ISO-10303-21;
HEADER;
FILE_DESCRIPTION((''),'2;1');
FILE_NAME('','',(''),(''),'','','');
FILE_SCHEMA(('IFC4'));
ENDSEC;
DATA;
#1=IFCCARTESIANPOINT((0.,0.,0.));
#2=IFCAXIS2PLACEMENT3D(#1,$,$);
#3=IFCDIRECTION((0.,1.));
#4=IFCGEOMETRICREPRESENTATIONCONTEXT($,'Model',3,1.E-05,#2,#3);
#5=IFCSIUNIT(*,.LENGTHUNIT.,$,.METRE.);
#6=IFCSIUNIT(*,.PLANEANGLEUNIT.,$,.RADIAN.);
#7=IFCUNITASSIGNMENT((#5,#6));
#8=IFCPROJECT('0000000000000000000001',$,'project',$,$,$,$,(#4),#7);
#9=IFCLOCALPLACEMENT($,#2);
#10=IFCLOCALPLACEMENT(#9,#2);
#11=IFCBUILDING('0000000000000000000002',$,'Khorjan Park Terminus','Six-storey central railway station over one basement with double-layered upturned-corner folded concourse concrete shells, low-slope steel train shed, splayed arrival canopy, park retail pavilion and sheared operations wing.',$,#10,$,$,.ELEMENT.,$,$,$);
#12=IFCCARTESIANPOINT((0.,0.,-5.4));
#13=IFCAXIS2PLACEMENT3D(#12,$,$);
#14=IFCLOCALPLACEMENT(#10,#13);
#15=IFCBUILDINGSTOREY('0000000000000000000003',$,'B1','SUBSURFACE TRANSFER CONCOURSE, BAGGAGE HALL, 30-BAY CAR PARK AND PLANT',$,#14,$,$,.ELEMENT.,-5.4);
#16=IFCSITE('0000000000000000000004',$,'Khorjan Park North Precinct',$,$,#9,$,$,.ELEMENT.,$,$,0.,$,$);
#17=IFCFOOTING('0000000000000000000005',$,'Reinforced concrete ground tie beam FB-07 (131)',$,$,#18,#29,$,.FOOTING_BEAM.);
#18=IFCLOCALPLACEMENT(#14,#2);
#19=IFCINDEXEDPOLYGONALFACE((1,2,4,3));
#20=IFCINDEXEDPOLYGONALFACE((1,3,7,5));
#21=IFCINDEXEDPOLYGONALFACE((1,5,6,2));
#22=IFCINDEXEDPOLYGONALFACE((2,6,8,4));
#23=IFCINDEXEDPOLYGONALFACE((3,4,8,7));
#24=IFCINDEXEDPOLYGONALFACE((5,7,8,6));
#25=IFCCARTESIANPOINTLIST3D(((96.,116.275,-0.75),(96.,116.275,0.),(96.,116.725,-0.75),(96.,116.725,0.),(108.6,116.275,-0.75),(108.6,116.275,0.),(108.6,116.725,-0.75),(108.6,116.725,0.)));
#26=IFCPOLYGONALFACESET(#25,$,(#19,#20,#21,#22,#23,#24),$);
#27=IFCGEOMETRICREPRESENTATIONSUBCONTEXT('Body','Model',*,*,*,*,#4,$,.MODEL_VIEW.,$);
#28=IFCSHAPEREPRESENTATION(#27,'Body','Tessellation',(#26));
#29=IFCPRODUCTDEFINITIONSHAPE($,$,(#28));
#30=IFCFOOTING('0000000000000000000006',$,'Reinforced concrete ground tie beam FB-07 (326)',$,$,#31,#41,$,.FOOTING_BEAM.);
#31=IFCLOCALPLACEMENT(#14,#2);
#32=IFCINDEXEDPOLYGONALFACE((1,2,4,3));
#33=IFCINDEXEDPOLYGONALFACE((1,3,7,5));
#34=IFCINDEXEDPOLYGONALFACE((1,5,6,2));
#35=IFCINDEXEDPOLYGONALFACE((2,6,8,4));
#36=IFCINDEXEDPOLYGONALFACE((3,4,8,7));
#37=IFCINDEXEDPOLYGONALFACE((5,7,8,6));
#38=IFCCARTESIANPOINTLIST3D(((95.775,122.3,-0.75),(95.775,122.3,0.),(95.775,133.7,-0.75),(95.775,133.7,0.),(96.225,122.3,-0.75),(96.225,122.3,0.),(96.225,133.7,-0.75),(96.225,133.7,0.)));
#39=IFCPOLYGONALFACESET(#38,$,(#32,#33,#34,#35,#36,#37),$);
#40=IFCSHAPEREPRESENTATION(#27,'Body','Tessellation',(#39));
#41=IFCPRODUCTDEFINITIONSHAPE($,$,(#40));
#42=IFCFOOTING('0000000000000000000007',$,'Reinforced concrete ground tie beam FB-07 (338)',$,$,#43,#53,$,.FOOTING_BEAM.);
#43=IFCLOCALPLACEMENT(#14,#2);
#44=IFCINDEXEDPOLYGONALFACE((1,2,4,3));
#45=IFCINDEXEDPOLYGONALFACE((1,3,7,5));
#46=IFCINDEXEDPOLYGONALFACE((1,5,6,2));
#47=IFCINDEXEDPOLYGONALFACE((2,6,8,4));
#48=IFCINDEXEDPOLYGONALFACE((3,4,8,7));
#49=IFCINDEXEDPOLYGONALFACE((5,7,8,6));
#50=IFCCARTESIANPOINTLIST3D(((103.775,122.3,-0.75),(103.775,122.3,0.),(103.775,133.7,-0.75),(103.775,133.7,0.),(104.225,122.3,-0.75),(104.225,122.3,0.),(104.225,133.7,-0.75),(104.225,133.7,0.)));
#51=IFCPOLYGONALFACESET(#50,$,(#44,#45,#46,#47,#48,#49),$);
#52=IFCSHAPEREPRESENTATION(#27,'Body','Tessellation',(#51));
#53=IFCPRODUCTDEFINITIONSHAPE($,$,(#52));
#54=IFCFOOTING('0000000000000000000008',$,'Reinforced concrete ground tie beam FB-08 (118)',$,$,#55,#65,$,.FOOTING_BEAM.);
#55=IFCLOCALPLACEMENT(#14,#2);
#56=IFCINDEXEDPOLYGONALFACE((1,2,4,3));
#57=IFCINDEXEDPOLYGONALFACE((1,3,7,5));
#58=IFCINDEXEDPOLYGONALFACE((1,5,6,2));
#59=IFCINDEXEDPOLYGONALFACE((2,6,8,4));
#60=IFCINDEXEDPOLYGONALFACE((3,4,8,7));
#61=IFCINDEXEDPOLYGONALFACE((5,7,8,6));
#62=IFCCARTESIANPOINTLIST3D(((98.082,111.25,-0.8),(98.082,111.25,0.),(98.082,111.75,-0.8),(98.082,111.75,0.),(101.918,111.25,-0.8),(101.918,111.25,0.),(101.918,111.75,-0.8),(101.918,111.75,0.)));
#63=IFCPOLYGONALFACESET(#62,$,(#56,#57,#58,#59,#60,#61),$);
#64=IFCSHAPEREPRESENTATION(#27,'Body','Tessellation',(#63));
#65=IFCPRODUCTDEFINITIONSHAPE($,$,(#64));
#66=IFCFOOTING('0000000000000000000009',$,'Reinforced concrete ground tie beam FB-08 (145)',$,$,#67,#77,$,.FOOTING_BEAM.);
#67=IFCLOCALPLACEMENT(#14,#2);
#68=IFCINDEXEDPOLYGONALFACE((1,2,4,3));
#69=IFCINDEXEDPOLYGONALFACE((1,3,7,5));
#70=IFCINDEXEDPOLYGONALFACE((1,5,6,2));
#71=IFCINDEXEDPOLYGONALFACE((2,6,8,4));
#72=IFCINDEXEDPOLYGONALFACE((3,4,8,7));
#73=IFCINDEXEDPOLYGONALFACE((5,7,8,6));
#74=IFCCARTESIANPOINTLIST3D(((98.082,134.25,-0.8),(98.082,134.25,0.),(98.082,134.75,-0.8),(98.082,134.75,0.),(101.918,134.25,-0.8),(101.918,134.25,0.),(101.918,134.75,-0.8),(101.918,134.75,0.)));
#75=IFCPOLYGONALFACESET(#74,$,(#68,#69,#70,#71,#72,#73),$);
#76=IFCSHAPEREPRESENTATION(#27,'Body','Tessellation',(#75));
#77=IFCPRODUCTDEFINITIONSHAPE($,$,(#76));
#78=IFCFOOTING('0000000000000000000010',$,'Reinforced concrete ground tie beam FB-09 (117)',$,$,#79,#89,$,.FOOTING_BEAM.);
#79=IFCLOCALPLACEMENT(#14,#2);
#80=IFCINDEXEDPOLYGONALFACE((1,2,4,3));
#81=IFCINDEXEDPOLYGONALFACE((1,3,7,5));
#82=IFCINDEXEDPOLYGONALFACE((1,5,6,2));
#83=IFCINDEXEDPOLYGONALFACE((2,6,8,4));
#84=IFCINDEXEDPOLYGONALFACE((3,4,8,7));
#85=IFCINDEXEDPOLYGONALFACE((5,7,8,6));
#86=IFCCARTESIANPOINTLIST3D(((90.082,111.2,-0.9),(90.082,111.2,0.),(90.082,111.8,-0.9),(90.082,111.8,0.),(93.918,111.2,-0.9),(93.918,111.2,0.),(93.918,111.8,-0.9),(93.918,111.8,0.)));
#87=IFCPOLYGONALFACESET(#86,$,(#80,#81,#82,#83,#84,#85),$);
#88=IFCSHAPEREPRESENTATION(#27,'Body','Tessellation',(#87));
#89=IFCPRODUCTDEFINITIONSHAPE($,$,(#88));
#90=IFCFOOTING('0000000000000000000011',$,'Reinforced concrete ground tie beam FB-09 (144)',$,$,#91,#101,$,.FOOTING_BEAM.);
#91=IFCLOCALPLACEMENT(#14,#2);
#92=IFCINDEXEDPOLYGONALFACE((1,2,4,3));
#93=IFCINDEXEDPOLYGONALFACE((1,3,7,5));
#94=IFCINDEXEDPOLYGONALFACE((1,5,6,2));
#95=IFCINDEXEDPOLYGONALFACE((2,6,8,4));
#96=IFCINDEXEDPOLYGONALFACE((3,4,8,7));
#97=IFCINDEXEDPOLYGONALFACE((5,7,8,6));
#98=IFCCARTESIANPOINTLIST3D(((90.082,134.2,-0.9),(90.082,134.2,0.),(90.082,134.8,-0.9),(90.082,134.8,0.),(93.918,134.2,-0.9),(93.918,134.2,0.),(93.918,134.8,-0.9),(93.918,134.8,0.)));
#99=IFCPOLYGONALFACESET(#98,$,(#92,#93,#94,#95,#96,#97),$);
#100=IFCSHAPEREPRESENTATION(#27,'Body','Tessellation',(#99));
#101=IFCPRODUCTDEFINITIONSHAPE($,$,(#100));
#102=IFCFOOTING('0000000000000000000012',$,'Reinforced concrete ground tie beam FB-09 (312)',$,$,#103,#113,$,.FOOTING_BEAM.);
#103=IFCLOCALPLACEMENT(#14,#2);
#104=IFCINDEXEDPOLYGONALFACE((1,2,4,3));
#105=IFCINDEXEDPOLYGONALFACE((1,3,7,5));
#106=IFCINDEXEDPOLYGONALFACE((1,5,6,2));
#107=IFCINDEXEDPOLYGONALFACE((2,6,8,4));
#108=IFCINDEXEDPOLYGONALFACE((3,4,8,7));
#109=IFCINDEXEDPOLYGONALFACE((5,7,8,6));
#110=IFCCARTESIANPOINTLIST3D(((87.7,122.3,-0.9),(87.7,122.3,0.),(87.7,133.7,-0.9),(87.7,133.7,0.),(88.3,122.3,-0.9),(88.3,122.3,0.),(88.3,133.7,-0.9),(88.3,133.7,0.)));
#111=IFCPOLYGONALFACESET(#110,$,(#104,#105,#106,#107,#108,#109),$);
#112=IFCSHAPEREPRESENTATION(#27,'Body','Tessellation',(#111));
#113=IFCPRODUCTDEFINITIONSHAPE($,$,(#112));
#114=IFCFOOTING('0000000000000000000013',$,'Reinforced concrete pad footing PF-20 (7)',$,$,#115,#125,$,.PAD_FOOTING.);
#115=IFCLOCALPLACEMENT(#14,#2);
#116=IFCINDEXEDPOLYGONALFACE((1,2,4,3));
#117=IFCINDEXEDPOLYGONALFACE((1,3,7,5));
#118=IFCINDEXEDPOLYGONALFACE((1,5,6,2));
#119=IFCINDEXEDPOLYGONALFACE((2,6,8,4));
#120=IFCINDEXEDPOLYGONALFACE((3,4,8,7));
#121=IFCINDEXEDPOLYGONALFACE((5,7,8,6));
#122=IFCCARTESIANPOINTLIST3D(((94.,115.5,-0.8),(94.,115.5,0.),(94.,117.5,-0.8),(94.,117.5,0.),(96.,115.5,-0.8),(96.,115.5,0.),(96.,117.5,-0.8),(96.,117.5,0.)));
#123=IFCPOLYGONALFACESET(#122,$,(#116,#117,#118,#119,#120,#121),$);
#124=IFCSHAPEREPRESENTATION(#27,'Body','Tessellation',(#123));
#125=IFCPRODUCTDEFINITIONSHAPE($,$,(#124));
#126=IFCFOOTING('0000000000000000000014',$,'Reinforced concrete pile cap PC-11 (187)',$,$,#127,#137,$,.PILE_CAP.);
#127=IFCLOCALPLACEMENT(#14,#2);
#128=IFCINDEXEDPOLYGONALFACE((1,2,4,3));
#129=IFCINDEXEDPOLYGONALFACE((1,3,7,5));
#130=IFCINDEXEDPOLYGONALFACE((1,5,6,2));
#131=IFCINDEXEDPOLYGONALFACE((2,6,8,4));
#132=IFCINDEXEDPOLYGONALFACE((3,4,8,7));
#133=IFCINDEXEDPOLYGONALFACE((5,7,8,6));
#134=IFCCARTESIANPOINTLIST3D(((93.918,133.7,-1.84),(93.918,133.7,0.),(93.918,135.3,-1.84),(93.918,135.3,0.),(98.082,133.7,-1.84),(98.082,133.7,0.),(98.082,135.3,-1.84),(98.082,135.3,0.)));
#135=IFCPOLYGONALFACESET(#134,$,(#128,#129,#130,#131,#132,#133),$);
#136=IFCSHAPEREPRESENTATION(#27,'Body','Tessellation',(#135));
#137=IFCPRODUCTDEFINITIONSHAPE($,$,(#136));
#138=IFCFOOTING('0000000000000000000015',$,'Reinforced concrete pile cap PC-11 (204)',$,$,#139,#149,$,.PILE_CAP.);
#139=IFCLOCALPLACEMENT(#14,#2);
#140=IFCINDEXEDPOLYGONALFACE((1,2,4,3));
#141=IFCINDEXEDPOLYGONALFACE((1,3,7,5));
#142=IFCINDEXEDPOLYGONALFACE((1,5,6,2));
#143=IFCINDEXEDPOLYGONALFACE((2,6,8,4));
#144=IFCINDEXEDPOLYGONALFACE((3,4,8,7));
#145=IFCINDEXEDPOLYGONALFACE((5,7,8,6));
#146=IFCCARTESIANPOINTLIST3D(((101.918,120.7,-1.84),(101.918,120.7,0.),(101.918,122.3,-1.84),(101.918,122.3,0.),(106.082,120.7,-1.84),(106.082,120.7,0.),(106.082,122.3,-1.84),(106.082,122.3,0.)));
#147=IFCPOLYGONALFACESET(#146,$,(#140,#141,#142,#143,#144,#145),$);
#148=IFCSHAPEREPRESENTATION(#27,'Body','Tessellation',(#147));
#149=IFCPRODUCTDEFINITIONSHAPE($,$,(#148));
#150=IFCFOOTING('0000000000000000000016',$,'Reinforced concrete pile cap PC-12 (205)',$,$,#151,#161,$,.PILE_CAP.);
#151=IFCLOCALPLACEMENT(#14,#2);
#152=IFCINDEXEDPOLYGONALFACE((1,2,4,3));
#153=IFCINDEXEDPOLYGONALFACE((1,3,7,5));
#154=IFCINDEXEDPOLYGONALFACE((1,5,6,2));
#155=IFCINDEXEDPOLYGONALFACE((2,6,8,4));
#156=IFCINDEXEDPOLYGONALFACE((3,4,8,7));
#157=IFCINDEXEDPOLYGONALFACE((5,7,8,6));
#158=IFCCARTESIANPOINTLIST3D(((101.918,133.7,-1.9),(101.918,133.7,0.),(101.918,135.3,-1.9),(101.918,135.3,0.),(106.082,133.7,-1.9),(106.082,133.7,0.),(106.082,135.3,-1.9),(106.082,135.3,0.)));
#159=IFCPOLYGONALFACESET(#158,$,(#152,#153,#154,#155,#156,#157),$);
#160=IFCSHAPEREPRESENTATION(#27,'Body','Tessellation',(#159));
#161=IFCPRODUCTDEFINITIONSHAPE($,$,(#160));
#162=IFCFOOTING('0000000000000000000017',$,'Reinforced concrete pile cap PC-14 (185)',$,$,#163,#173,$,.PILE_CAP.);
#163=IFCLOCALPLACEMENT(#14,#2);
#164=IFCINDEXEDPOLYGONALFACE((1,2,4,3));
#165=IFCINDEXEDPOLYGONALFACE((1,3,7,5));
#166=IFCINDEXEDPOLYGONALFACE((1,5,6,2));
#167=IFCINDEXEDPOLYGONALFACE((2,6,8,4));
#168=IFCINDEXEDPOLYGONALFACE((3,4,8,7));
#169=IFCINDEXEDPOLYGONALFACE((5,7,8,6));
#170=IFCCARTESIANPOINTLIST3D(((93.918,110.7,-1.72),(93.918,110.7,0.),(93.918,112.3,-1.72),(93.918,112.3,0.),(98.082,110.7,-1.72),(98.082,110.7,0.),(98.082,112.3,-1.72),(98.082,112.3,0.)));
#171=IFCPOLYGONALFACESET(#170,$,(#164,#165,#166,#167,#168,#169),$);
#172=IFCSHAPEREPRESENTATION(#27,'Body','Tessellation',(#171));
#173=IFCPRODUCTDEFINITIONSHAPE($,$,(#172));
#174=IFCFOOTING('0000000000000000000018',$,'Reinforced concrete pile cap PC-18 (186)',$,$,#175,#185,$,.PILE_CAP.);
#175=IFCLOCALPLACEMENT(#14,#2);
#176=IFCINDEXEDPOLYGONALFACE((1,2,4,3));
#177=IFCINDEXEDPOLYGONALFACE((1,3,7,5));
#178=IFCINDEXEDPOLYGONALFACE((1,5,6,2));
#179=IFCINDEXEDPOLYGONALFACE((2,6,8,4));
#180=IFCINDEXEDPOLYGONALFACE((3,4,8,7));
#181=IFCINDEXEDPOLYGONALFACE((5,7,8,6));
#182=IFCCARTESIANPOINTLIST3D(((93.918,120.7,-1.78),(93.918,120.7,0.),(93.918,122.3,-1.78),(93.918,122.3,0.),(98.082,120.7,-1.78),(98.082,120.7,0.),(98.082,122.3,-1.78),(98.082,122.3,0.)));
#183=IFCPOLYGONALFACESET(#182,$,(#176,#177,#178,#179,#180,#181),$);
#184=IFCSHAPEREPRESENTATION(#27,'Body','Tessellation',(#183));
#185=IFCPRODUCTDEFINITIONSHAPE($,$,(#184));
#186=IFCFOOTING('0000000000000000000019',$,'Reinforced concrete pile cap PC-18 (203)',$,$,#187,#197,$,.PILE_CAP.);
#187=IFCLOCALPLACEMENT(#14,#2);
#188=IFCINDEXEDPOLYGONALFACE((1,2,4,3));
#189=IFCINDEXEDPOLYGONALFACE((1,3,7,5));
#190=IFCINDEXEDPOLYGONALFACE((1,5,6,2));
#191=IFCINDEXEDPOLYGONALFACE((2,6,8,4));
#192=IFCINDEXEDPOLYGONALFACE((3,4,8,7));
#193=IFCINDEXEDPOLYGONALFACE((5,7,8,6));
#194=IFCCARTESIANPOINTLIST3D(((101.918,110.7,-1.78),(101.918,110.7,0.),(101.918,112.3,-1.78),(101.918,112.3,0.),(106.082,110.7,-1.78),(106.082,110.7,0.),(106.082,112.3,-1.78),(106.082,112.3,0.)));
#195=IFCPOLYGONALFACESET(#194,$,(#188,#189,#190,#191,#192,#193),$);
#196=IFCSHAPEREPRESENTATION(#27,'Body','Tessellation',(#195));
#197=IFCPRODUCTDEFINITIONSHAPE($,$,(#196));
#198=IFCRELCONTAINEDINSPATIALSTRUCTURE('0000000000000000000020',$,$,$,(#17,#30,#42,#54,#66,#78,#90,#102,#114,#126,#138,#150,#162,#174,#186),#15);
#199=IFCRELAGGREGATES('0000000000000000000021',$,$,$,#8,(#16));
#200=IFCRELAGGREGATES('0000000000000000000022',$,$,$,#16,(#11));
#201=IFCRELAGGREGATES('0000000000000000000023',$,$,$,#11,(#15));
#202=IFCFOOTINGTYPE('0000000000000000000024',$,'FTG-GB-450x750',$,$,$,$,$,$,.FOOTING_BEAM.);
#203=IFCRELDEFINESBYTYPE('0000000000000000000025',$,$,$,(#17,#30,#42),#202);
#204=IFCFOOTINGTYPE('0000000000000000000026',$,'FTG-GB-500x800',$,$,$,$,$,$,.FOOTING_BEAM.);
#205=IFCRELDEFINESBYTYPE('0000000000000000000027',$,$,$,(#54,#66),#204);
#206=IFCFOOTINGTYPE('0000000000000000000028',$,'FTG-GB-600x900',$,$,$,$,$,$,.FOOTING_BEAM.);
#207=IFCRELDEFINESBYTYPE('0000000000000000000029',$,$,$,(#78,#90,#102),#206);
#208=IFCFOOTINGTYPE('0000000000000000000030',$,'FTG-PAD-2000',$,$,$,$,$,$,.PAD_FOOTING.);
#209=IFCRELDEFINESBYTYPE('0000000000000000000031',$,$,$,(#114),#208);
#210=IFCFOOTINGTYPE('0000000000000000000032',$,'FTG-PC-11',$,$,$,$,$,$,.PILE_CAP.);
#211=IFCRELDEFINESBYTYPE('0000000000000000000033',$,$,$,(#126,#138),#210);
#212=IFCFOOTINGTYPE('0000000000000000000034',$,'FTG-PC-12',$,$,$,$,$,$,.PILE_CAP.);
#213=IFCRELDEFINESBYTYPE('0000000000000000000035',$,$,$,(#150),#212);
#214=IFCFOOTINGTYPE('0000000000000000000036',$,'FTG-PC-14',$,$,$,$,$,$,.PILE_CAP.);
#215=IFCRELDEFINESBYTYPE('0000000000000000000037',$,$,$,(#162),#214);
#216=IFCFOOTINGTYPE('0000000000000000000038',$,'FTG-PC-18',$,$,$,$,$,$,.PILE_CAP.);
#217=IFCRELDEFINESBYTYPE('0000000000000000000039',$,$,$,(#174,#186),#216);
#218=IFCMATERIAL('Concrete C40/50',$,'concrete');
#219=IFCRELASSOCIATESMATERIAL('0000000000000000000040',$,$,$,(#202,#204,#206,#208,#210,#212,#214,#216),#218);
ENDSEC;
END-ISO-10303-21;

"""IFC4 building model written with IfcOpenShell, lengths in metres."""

from ifc_helpers import new_model, si_unit, direction, frame, origin, origin_2d, place, context, subcontext, project, spatial, rectangle, extrude, material, material_profile, profile_set, type_object, element, save


model = new_model("IFC4")

# Units and contexts
model_context = context("Model", 3, precision=1e-05, world=origin(), true_north=direction((0.0, 1.0)))
body_context = subcontext(model_context, "Body", "Model", "MODEL_VIEW")
ifc_project = project(units=[si_unit("LENGTHUNIT", "METRE"), si_unit("PLANEANGLEUNIT", "RADIAN")], contexts=[model_context])

# Site, building, storey
site_placement = place(None, origin())
site = spatial("IfcSite", under=ifc_project, at=site_placement, Name="Khorjan Park North Precinct", CompositionType="ELEMENT", RefElevation=0.0)
building_placement = place(site_placement, origin())
building = spatial("IfcBuilding", under=site, at=building_placement, Name="Khorjan Park Terminus", Description="Six-storey central railway station over one basement with double-layered upturned-corner folded concourse concrete shells, low-slope steel train shed, splayed arrival canopy, park retail pavilion and sheared operations wing.", CompositionType="ELEMENT")
storey_placement = place(building_placement, frame((0.0, 0.0, -5.4)))
storey = spatial("IfcBuildingStorey", under=building, at=storey_placement, Name="B1", Description="SUBSURFACE TRANSFER CONCOURSE, BAGGAGE HALL, 30-BAY CAR PARK AND PLANT", CompositionType="ELEMENT", Elevation=-5.4)

# Footings
ifc_material_1 = material(Name="Concrete C40/50", Category="concrete")
ifc_material_profile_1 = material_profile(ifc_material_1, rectangle(XDim=0.45, YDim=0.75, at=origin_2d()), Name="RC 450x750")
ifc_profile_set_1 = profile_set([ifc_material_profile_1], Name="Concrete C40/50")
footing_type_1 = type_object("IfcFootingType", Name="FTG-GB-450x750", PredefinedType="FOOTING_BEAM", material=ifc_profile_set_1)
footing_1_placement = place(storey_placement, frame((96.0, 116.5, -0.375), z_axis=(1.0, 0.0, 0.0), x_axis=(0.0, 1.0, 0.0)))
element("IfcFooting", 1, at=footing_1_placement, inside=storey, type_object=footing_type_1, Name="Reinforced concrete ground tie beam FB-07 (131)", PredefinedType="FOOTING_BEAM", context=body_context, shape_type="SweptSolid", body=[
    extrude(rectangle(XDim=0.45, YDim=0.75, at=origin_2d()), origin(), (0.0, 0.0, 1.0), 12.6),
])
for number, where, z_axis, x_axis, name in (
    (2, (96.0, 122.3, -0.375), (0.0, 1.0, 0.0), (-1.0, 0.0, 0.0), "Reinforced concrete ground tie beam FB-07 (326)"),
    (3, (104.0, 122.3, -0.375), (0.0, 1.0, 0.0), (-1.0, 0.0, 0.0), "Reinforced concrete ground tie beam FB-07 (338)"),
):
    element("IfcFooting", number, at=place(storey_placement, frame(where, z_axis=z_axis, x_axis=x_axis)), inside=storey, type_object=footing_type_1, Name=name, PredefinedType="FOOTING_BEAM", context=body_context, shape_type="SweptSolid", body=[
        extrude(rectangle(XDim=0.45, YDim=0.75, at=origin_2d()), origin(), (0.0, 0.0, 1.0), 11.4),
    ])
ifc_material_profile_2 = material_profile(ifc_material_1, rectangle(XDim=0.5, YDim=0.8, at=origin_2d()), Name="RC 500x800")
ifc_profile_set_2 = profile_set([ifc_material_profile_2], Name="Concrete C40/50")
footing_type_2 = type_object("IfcFootingType", Name="FTG-GB-500x800", PredefinedType="FOOTING_BEAM", material=ifc_profile_set_2)
for number, where, z_axis, x_axis, name in (
    (4, (98.082, 111.5, -0.4), (1.0, 0.0, 0.0), (0.0, 1.0, 0.0), "Reinforced concrete ground tie beam FB-08 (118)"),
    (5, (98.082, 134.5, -0.4), (1.0, 0.0, 0.0), (0.0, 1.0, 0.0), "Reinforced concrete ground tie beam FB-08 (145)"),
):
    element("IfcFooting", number, at=place(storey_placement, frame(where, z_axis=z_axis, x_axis=x_axis)), inside=storey, type_object=footing_type_2, Name=name, PredefinedType="FOOTING_BEAM", context=body_context, shape_type="SweptSolid", body=[
        extrude(rectangle(XDim=0.5, YDim=0.8, at=origin_2d()), origin(), (0.0, 0.0, 1.0), 3.836),
    ])
ifc_material_profile_3 = material_profile(ifc_material_1, rectangle(XDim=0.6, YDim=0.9, at=origin_2d()), Name="RC 600x900")
ifc_profile_set_3 = profile_set([ifc_material_profile_3], Name="Concrete C40/50")
footing_type_3 = type_object("IfcFootingType", Name="FTG-GB-600x900", PredefinedType="FOOTING_BEAM", material=ifc_profile_set_3)
for number, where, z_axis, x_axis, name in (
    (6, (90.082, 111.5, -0.45), (1.0, 0.0, 0.0), (0.0, 1.0, 0.0), "Reinforced concrete ground tie beam FB-09 (117)"),
    (7, (90.082, 134.5, -0.45), (1.0, 0.0, 0.0), (0.0, 1.0, 0.0), "Reinforced concrete ground tie beam FB-09 (144)"),
):
    element("IfcFooting", number, at=place(storey_placement, frame(where, z_axis=z_axis, x_axis=x_axis)), inside=storey, type_object=footing_type_3, Name=name, PredefinedType="FOOTING_BEAM", context=body_context, shape_type="SweptSolid", body=[
        extrude(rectangle(XDim=0.6, YDim=0.9, at=origin_2d()), origin(), (0.0, 0.0, 1.0), 3.836),
    ])
footing_2_placement = place(storey_placement, frame((88.0, 122.3, -0.45), z_axis=(0.0, 1.0, 0.0), x_axis=(-1.0, 0.0, 0.0)))
element("IfcFooting", 8, at=footing_2_placement, inside=storey, type_object=footing_type_3, Name="Reinforced concrete ground tie beam FB-09 (312)", PredefinedType="FOOTING_BEAM", context=body_context, shape_type="SweptSolid", body=[
    extrude(rectangle(XDim=0.6, YDim=0.9, at=origin_2d()), origin(), (0.0, 0.0, 1.0), 11.4),
])
footing_type_4 = type_object("IfcFootingType", Name="FTG-PAD-2000", PredefinedType="PAD_FOOTING", material=ifc_material_1)
footing_3_placement = place(storey_placement, frame((95.0, 116.5, -0.8), z_axis=(0.0, 0.0, 1.0), x_axis=(1.0, 0.0, 0.0)))
element("IfcFooting", 9, at=footing_3_placement, inside=storey, type_object=footing_type_4, Name="Reinforced concrete pad footing PF-20 (7)", PredefinedType="PAD_FOOTING", context=body_context, shape_type="SweptSolid", body=[
    extrude(rectangle(XDim=2.0, YDim=2.0, at=origin_2d()), origin(), (0.0, 0.0, 1.0), 0.8),
])
footing_type_5 = type_object("IfcFootingType", Name="FTG-PC-11", PredefinedType="PILE_CAP", material=ifc_material_1)
for number, where, z_axis, x_axis, name in (
    (10, (96.0, 134.5, -1.84), (0.0, 0.0, 1.0), (1.0, 0.0, 0.0), "Reinforced concrete pile cap PC-11 (187)"),
    (11, (104.0, 121.5, -1.84), (0.0, 0.0, 1.0), (1.0, 0.0, 0.0), "Reinforced concrete pile cap PC-11 (204)"),
):
    element("IfcFooting", number, at=place(storey_placement, frame(where, z_axis=z_axis, x_axis=x_axis)), inside=storey, type_object=footing_type_5, Name=name, PredefinedType="PILE_CAP", context=body_context, shape_type="SweptSolid", body=[
        extrude(rectangle(XDim=4.164, YDim=1.6, at=origin_2d()), origin(), (0.0, 0.0, 1.0), 1.84),
    ])
footing_type_6 = type_object("IfcFootingType", Name="FTG-PC-12", PredefinedType="PILE_CAP", material=ifc_material_1)
footing_4_placement = place(storey_placement, frame((104.0, 134.5, -1.9), z_axis=(0.0, 0.0, 1.0), x_axis=(1.0, 0.0, 0.0)))
element("IfcFooting", 12, at=footing_4_placement, inside=storey, type_object=footing_type_6, Name="Reinforced concrete pile cap PC-12 (205)", PredefinedType="PILE_CAP", context=body_context, shape_type="SweptSolid", body=[
    extrude(rectangle(XDim=4.164, YDim=1.6, at=origin_2d()), origin(), (0.0, 0.0, 1.0), 1.9),
])
footing_type_7 = type_object("IfcFootingType", Name="FTG-PC-14", PredefinedType="PILE_CAP", material=ifc_material_1)
footing_5_placement = place(storey_placement, frame((96.0, 111.5, -1.72), z_axis=(0.0, 0.0, 1.0), x_axis=(1.0, 0.0, 0.0)))
element("IfcFooting", 13, at=footing_5_placement, inside=storey, type_object=footing_type_7, Name="Reinforced concrete pile cap PC-14 (185)", PredefinedType="PILE_CAP", context=body_context, shape_type="SweptSolid", body=[
    extrude(rectangle(XDim=4.164, YDim=1.6, at=origin_2d()), origin(), (0.0, 0.0, 1.0), 1.72),
])
footing_type_8 = type_object("IfcFootingType", Name="FTG-PC-18", PredefinedType="PILE_CAP", material=ifc_material_1)
for number, where, z_axis, x_axis, name in (
    (14, (96.0, 121.5, -1.78), (0.0, 0.0, 1.0), (1.0, 0.0, 0.0), "Reinforced concrete pile cap PC-18 (186)"),
    (15, (104.0, 111.5, -1.78), (0.0, 0.0, 1.0), (1.0, 0.0, 0.0), "Reinforced concrete pile cap PC-18 (203)"),
):
    element("IfcFooting", number, at=place(storey_placement, frame(where, z_axis=z_axis, x_axis=x_axis)), inside=storey, type_object=footing_type_8, Name=name, PredefinedType="PILE_CAP", context=body_context, shape_type="SweptSolid", body=[
        extrude(rectangle(XDim=4.164, YDim=1.6, at=origin_2d()), origin(), (0.0, 0.0, 1.0), 1.78),
    ])

save(model, "model.ifc")
